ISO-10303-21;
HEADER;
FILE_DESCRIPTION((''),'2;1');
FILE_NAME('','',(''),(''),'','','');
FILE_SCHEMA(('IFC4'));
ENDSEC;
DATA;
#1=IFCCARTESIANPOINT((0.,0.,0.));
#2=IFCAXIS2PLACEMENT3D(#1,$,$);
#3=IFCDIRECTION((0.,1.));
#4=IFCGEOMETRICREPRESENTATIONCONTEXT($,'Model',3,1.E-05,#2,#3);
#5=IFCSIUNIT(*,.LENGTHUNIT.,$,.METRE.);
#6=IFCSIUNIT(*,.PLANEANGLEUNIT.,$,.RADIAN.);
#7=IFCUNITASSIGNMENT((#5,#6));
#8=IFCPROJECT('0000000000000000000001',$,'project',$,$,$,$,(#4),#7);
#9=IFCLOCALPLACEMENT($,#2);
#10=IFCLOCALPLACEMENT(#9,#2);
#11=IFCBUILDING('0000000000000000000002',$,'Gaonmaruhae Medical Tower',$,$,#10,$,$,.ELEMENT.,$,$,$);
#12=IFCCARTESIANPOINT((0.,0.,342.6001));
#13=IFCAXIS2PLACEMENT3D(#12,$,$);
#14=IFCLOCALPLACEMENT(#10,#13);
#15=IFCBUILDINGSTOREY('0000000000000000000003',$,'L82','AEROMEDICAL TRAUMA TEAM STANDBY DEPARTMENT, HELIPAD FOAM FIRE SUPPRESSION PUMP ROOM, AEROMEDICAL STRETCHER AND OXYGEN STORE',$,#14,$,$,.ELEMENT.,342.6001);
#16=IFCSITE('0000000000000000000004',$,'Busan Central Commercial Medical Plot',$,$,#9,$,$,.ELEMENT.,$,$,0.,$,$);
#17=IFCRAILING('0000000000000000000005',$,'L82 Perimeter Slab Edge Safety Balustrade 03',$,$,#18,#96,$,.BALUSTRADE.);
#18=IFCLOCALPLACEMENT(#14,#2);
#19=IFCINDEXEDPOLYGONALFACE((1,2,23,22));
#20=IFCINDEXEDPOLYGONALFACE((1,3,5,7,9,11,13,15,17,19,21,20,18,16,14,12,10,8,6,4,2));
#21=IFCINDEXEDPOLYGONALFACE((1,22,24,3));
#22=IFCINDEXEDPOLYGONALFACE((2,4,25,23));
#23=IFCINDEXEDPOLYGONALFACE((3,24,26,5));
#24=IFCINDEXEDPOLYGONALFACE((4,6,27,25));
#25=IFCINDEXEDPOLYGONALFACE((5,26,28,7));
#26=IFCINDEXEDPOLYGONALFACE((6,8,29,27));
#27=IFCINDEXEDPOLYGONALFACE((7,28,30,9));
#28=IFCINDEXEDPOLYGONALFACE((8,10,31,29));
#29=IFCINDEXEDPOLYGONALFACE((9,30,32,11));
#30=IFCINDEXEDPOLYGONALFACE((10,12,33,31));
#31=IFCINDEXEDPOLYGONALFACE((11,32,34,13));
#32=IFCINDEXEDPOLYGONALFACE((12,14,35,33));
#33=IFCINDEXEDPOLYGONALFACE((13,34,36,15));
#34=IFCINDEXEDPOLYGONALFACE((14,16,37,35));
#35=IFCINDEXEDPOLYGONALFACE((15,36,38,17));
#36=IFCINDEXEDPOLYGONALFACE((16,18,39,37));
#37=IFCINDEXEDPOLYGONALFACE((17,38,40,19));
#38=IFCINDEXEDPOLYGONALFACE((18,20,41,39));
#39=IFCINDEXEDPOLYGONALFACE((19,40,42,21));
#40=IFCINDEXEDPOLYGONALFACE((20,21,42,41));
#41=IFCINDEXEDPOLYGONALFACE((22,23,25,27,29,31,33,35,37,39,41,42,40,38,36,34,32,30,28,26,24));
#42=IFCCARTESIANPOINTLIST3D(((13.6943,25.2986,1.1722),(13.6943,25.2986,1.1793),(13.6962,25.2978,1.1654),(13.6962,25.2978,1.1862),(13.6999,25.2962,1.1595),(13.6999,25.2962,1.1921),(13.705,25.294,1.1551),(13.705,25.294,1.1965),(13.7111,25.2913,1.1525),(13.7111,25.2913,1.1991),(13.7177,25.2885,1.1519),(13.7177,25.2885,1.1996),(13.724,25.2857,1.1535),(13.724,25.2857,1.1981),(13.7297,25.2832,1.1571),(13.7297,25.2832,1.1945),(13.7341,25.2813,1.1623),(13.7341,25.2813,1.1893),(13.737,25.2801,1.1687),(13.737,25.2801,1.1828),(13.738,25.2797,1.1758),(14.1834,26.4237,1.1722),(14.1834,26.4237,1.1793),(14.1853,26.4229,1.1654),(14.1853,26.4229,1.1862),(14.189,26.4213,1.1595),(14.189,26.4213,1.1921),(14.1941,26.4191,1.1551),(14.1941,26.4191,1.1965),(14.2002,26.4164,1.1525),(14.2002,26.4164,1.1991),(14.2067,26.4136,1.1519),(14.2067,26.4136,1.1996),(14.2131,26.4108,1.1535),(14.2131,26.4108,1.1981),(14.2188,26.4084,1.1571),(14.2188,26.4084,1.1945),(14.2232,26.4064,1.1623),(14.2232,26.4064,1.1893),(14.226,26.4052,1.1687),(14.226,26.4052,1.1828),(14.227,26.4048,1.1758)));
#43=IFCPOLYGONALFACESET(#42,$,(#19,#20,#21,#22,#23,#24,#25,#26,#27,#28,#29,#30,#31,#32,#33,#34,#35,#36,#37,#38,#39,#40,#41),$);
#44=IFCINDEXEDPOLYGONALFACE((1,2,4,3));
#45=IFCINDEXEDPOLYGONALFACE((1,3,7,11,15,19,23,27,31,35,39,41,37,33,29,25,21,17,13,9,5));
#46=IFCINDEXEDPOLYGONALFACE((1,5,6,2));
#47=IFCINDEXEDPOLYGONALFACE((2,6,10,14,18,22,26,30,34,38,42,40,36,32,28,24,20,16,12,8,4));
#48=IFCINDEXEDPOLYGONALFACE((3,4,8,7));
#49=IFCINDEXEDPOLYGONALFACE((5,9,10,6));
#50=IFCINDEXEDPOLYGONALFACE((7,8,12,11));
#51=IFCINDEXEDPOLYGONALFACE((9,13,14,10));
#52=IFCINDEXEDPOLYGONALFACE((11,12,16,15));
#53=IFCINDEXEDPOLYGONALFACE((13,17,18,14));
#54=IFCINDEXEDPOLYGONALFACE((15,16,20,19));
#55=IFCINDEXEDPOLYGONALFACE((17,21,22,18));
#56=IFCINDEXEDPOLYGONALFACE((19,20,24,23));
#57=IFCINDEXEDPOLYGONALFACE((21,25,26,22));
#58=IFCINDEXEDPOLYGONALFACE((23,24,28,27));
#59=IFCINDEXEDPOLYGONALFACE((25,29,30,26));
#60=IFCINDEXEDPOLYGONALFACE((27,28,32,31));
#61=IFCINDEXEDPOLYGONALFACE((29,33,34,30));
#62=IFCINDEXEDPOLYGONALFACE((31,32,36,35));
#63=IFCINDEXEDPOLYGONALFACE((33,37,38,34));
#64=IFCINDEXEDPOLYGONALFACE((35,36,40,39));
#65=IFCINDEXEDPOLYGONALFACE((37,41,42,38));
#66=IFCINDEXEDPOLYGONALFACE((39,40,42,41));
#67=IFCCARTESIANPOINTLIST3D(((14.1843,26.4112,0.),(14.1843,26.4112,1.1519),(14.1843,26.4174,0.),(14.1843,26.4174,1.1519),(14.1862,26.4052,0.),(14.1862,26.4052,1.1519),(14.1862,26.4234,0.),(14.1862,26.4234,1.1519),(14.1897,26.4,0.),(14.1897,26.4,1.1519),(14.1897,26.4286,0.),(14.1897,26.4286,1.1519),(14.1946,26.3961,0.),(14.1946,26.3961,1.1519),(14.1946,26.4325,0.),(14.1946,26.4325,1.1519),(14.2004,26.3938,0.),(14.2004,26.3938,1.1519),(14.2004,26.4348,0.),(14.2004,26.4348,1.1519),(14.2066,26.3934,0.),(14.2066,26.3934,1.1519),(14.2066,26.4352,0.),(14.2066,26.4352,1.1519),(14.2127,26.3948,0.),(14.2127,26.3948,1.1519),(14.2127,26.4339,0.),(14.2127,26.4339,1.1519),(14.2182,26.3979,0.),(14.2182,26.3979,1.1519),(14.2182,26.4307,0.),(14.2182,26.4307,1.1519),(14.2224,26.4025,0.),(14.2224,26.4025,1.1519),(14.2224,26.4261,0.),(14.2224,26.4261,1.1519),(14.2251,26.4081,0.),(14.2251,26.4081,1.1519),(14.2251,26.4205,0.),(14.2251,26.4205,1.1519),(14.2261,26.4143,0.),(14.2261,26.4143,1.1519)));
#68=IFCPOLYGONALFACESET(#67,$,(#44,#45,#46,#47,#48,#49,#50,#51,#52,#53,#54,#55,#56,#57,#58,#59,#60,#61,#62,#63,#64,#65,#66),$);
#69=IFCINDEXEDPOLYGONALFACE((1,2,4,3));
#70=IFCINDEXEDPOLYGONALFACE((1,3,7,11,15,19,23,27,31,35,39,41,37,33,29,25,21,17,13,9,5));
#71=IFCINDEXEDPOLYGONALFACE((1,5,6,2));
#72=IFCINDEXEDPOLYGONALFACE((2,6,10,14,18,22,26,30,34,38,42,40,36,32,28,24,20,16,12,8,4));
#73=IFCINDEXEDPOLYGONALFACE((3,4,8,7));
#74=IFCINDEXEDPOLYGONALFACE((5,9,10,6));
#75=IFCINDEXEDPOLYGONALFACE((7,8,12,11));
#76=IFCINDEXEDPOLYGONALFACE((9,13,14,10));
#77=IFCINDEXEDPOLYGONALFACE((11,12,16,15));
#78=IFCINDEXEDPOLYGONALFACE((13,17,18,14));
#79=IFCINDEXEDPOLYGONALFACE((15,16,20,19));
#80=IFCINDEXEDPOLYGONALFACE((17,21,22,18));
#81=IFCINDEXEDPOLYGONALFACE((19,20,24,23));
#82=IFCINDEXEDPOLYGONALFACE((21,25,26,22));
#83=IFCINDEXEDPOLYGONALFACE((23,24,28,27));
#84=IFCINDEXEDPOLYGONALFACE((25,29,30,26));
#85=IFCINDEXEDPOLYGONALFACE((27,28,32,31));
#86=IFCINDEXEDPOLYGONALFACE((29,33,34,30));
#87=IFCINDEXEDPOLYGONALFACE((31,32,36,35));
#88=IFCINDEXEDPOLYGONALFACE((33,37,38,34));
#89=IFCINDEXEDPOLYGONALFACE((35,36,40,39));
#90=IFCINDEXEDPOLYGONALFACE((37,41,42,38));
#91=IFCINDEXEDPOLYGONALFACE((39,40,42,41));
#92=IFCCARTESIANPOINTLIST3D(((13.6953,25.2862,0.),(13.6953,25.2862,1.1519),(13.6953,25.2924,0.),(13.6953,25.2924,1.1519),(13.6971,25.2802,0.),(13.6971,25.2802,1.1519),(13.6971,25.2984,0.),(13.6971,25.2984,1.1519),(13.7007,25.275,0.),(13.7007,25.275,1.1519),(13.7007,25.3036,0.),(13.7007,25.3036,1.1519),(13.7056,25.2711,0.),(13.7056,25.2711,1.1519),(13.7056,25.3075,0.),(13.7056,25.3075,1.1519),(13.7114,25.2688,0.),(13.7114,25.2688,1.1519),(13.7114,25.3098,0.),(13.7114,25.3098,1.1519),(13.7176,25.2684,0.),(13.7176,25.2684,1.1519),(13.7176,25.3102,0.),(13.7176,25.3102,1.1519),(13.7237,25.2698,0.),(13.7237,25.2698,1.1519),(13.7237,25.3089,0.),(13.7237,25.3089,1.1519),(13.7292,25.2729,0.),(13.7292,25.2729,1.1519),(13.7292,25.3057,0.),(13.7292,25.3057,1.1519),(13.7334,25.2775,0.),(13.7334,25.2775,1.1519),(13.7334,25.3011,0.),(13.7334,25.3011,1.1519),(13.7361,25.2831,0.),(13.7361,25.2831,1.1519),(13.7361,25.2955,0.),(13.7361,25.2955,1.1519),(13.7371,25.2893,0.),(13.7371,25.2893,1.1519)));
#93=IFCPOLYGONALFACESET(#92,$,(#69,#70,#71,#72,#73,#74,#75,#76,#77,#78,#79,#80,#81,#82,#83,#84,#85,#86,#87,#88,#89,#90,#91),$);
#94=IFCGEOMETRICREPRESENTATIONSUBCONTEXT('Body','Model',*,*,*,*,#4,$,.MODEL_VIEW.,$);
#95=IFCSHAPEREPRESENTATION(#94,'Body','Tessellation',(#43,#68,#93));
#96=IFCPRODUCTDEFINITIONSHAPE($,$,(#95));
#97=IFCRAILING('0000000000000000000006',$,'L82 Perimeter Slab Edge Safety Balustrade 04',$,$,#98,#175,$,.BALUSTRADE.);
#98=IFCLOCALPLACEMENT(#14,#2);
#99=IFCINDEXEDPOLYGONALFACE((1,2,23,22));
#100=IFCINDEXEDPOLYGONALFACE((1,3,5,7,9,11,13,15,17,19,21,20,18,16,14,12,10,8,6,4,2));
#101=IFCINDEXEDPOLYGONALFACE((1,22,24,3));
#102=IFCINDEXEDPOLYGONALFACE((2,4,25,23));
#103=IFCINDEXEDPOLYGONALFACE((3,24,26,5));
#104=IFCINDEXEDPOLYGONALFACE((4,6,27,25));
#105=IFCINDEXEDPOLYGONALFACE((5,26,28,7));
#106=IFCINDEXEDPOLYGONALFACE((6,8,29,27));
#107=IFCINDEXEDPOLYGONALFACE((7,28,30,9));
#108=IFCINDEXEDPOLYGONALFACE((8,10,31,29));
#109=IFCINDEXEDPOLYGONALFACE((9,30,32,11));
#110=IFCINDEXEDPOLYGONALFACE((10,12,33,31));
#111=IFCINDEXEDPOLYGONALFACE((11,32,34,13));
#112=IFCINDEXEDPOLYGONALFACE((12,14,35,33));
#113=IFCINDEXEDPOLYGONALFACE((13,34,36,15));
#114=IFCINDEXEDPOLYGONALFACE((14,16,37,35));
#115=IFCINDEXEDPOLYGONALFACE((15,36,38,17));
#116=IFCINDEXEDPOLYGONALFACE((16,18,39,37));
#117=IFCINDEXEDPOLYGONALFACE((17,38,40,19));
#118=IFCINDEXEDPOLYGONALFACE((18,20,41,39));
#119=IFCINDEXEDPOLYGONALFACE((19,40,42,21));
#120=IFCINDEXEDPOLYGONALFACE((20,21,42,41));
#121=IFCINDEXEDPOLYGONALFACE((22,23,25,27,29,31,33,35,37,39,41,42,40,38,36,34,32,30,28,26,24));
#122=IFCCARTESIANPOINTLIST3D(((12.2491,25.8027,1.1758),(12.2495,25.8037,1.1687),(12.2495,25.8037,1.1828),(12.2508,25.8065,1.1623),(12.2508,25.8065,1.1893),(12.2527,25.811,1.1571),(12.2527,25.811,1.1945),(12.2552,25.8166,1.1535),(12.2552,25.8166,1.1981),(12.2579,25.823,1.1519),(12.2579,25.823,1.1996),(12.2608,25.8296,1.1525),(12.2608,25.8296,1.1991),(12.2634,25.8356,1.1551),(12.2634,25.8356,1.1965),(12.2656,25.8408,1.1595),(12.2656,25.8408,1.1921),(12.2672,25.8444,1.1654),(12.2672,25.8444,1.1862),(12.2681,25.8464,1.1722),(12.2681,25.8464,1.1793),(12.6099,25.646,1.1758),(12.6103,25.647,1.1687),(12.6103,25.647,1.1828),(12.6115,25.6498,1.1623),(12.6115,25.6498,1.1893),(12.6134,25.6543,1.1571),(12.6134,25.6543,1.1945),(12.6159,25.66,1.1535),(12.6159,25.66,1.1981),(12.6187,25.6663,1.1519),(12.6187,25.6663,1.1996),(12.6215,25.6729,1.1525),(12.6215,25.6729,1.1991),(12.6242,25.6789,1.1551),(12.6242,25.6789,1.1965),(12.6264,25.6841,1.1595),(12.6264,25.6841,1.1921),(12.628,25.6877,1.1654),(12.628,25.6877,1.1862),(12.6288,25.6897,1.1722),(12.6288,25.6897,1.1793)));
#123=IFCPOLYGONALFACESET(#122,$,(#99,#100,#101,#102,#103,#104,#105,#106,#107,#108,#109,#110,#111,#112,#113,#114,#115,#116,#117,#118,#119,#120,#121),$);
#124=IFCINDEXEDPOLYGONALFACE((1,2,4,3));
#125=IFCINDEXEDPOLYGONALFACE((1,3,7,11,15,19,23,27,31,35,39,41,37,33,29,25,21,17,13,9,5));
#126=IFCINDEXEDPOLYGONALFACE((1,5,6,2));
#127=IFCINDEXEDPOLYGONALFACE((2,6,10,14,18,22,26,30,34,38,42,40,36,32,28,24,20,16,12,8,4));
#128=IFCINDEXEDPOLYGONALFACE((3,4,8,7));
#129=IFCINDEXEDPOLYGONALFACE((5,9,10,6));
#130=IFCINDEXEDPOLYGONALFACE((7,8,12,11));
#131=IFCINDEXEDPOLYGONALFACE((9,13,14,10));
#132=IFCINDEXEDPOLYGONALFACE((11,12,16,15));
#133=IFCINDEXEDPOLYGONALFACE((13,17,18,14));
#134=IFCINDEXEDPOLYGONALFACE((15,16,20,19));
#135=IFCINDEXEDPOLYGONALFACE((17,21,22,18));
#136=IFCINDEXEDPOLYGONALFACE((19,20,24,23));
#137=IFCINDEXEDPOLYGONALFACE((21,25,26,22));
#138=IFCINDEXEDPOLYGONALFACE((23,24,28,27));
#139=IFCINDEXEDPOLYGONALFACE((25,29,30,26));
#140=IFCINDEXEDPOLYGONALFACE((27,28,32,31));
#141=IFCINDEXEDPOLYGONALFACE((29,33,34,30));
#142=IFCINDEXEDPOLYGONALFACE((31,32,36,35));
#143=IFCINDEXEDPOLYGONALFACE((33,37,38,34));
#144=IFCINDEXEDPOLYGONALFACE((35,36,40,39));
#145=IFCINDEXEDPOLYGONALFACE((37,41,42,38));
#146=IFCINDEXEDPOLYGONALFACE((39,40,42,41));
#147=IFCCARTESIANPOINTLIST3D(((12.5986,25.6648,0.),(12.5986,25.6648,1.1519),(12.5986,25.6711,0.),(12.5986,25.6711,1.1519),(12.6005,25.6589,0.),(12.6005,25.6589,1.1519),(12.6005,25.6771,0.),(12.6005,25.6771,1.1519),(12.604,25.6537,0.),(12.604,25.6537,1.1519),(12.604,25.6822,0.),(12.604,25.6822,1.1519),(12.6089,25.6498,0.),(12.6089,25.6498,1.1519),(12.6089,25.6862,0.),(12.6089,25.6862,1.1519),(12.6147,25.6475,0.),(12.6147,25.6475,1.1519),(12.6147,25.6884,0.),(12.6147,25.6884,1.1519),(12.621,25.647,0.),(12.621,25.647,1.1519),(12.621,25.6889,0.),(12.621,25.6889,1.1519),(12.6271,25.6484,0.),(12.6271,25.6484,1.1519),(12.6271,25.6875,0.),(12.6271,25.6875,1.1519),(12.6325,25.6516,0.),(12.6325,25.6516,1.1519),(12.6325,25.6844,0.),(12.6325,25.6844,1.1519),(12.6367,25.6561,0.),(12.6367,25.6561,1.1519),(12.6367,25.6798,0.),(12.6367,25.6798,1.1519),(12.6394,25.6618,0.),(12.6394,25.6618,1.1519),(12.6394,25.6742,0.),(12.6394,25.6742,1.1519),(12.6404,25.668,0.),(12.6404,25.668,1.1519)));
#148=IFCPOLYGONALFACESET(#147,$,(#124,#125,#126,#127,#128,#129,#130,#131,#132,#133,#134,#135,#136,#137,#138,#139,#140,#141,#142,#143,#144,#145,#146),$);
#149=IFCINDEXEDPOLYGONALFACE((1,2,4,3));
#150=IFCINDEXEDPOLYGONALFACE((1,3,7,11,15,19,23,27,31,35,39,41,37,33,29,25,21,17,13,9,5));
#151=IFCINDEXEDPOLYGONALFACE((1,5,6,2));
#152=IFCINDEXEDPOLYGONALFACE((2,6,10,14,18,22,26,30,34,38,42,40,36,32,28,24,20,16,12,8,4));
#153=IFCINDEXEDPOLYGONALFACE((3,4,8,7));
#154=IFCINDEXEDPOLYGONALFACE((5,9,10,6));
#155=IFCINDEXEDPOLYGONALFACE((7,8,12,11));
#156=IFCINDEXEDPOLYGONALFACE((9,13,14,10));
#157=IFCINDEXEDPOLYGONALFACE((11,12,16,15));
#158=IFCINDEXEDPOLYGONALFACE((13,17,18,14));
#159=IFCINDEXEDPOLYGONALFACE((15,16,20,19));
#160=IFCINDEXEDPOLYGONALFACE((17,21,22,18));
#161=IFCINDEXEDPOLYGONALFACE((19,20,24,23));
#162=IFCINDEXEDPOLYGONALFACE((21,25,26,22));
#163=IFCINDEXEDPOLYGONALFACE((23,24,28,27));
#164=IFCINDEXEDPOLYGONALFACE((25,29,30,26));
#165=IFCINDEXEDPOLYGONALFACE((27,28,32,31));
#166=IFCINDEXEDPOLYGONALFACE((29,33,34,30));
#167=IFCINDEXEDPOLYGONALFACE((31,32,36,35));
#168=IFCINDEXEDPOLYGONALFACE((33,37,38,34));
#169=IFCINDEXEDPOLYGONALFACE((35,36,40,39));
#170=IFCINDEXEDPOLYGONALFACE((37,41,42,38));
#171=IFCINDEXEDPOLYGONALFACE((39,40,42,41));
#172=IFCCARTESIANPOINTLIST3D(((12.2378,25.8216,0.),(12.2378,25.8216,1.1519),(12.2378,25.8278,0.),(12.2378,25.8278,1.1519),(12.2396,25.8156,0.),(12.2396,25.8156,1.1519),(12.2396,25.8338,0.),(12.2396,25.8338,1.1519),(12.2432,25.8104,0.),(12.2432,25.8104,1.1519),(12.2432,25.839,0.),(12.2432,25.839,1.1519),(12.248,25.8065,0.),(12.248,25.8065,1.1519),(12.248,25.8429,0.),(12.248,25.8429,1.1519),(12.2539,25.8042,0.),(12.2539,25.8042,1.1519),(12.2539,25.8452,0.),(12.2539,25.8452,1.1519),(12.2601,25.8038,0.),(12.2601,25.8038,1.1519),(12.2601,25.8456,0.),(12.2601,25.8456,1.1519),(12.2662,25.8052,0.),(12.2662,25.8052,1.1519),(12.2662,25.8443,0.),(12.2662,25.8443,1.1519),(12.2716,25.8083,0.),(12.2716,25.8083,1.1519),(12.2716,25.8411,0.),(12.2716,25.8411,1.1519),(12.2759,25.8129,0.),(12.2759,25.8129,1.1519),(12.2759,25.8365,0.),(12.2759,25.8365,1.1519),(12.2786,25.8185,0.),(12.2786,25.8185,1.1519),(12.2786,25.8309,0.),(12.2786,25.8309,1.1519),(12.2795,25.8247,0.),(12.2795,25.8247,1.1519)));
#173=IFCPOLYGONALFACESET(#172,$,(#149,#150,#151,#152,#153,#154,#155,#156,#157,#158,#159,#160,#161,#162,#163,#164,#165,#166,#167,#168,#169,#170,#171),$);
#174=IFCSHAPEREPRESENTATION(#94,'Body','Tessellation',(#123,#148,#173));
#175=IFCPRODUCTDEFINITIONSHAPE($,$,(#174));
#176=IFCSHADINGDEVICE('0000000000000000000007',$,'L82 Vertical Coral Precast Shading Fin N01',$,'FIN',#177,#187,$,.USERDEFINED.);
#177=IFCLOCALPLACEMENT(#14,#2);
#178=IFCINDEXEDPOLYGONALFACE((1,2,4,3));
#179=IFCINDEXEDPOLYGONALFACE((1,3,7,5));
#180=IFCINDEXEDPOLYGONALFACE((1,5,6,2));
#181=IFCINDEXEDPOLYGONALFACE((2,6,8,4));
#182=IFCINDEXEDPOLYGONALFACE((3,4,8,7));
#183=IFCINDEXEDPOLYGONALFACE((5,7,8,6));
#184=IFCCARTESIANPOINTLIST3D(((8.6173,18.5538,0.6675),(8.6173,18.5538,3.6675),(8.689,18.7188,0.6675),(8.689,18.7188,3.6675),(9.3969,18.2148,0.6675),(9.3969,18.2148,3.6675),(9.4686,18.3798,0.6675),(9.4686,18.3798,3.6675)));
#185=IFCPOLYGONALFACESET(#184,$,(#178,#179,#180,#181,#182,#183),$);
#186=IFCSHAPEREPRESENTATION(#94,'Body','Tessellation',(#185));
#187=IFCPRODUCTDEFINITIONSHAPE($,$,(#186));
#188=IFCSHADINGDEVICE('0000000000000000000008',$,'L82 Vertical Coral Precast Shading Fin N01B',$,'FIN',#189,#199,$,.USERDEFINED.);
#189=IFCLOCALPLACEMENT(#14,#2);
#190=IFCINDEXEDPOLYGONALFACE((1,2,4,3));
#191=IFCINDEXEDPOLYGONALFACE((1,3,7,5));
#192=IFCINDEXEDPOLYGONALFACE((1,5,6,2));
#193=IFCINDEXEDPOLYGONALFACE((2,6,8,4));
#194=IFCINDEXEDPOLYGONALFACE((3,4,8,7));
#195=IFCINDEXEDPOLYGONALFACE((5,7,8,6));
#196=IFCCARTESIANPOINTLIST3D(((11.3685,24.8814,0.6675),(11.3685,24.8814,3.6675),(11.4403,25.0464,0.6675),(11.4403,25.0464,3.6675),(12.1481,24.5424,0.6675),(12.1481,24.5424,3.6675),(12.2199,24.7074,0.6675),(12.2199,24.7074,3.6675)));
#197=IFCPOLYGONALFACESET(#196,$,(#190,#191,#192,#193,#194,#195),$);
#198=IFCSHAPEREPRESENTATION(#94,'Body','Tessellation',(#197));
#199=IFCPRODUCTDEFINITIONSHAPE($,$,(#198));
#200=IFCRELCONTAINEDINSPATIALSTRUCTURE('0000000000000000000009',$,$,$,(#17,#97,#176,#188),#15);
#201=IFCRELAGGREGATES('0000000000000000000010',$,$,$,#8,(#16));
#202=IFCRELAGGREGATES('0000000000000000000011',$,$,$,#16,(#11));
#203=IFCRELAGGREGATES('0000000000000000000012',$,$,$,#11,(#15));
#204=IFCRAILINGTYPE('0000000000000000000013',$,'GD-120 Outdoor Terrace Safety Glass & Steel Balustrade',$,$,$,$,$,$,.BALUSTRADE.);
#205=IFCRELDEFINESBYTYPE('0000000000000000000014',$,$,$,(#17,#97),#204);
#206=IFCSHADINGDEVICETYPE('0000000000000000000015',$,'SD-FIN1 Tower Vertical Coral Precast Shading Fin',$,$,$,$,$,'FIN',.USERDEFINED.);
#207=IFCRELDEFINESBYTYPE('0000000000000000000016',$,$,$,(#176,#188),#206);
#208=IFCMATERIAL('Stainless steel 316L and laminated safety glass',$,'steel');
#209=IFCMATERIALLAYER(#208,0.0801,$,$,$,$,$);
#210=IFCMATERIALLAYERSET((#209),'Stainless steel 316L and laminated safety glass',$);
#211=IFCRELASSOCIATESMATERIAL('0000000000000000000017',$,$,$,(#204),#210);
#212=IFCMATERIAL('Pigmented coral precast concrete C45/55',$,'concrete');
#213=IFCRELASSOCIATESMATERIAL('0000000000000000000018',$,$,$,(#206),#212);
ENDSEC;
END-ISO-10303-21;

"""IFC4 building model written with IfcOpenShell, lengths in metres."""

from ifc_helpers import new_model, si_unit, direction, frame, origin, origin_2d, place, context, subcontext, project, spatial, rectangle, circle, extrude, material, layer, layer_set, type_object, element, save


model = new_model("IFC4")

# Units and contexts
model_context = context("Model", 3, precision=1e-05, world=origin(), true_north=direction((0.0, 1.0)))
body_context = subcontext(model_context, "Body", "Model", "MODEL_VIEW")
ifc_project = project(units=[si_unit("LENGTHUNIT", "METRE"), si_unit("PLANEANGLEUNIT", "RADIAN")], contexts=[model_context])

# Site, building, storey
site_placement = place(None, origin())
site = spatial("IfcSite", under=ifc_project, at=site_placement, Name="Busan Central Commercial Medical Plot", CompositionType="ELEMENT", RefElevation=0.0)
building_placement = place(site_placement, origin())
building = spatial("IfcBuilding", under=site, at=building_placement, Name="Gaonmaruhae Medical Tower", CompositionType="ELEMENT")
storey_placement = place(building_placement, frame((0.0, 0.0, 342.6001)))
storey = spatial("IfcBuildingStorey", under=building, at=storey_placement, Name="L82", Description="AEROMEDICAL TRAUMA TEAM STANDBY DEPARTMENT, HELIPAD FOAM FIRE SUPPRESSION PUMP ROOM, AEROMEDICAL STRETCHER AND OXYGEN STORE", CompositionType="ELEMENT", Elevation=342.6001)

# Railings
ifc_material_1 = material(Name="Stainless steel 316L and laminated safety glass", Category="steel")
ifc_layer_1 = layer(ifc_material_1, 0.0801)
ifc_layer_set_1 = layer_set([ifc_layer_1], Name="Stainless steel 316L and laminated safety glass")
railing_type = type_object("IfcRailingType", Name="GD-120 Outdoor Terrace Safety Glass & Steel Balustrade", PredefinedType="BALUSTRADE", material=ifc_layer_set_1)
railing_1_placement = place(storey_placement, frame((14.2051, 26.4143, 0.0)))
element("IfcRailing", 1, at=railing_1_placement, inside=storey, type_object=railing_type, Name="L82 Perimeter Slab Edge Safety Balustrade 03", PredefinedType="BALUSTRADE", context=body_context, shape_type="SweptSolid", body=[
    extrude(circle(Radius=0.0239, at=origin_2d()), frame((0.0, 0.0, 1.1758), z_axis=(-0.398646, -0.917105, 0.0), x_axis=(0.917105, -0.398646, 0.0)), (0.0, 0.0, 1.0), 1.2268),
    extrude(circle(Radius=0.021, at=origin_2d()), origin(), (0.0, 0.0, 1.0), 1.1519),
    extrude(circle(Radius=0.021, at=origin_2d()), frame((-0.489, -1.125, 0.0)), (0.0, 0.0, 1.0), 1.1519),
])
railing_2_placement = place(storey_placement, frame((12.6194, 25.668, 0.0)))
element("IfcRailing", 2, at=railing_2_placement, inside=storey, type_object=railing_type, Name="L82 Perimeter Slab Edge Safety Balustrade 04", PredefinedType="BALUSTRADE", context=body_context, shape_type="SweptSolid", body=[
    extrude(circle(Radius=0.0239, at=origin_2d()), frame((0.0, 0.0, 1.1758), z_axis=(-0.917208, 0.398408, 0.0), x_axis=(-0.398408, -0.917208, 0.0)), (0.0, 0.0, 1.0), 0.3933),
    extrude(circle(Radius=0.021, at=origin_2d()), origin(), (0.0, 0.0, 1.0), 1.1519),
    extrude(circle(Radius=0.021, at=origin_2d()), frame((-0.3608, 0.1567, 0.0)), (0.0, 0.0, 1.0), 1.1519),
])

# Shading devices
ifc_material_2 = material(Name="Pigmented coral precast concrete C45/55", Category="concrete")
shading_device_type = type_object("IfcShadingDeviceType", Name="SD-FIN1 Tower Vertical Coral Precast Shading Fin", ElementType="FIN", PredefinedType="USERDEFINED", material=ifc_material_2)
for number, where, z_axis, x_axis, name in (
    (3, (9.043, 18.4668, 0.6675), (0.0, 0.0, 1.0), (0.398749, 0.91706, 0.0), "L82 Vertical Coral Precast Shading Fin N01"),
    (4, (11.7942, 24.7944, 0.6675), (0.0, 0.0, 1.0), (0.398749, 0.91706, 0.0), "L82 Vertical Coral Precast Shading Fin N01B"),
):
    element("IfcShadingDevice", number, at=place(storey_placement, frame(where, z_axis=z_axis, x_axis=x_axis)), inside=storey, type_object=shading_device_type, Name=name, ObjectType="FIN", PredefinedType="USERDEFINED", context=body_context, shape_type="SweptSolid", body=[
        extrude(rectangle(XDim=0.1799, YDim=0.8501, at=origin_2d()), origin(), (0.0, 0.0, 1.0), 3.0),
    ])

save(model, "model.ifc")
